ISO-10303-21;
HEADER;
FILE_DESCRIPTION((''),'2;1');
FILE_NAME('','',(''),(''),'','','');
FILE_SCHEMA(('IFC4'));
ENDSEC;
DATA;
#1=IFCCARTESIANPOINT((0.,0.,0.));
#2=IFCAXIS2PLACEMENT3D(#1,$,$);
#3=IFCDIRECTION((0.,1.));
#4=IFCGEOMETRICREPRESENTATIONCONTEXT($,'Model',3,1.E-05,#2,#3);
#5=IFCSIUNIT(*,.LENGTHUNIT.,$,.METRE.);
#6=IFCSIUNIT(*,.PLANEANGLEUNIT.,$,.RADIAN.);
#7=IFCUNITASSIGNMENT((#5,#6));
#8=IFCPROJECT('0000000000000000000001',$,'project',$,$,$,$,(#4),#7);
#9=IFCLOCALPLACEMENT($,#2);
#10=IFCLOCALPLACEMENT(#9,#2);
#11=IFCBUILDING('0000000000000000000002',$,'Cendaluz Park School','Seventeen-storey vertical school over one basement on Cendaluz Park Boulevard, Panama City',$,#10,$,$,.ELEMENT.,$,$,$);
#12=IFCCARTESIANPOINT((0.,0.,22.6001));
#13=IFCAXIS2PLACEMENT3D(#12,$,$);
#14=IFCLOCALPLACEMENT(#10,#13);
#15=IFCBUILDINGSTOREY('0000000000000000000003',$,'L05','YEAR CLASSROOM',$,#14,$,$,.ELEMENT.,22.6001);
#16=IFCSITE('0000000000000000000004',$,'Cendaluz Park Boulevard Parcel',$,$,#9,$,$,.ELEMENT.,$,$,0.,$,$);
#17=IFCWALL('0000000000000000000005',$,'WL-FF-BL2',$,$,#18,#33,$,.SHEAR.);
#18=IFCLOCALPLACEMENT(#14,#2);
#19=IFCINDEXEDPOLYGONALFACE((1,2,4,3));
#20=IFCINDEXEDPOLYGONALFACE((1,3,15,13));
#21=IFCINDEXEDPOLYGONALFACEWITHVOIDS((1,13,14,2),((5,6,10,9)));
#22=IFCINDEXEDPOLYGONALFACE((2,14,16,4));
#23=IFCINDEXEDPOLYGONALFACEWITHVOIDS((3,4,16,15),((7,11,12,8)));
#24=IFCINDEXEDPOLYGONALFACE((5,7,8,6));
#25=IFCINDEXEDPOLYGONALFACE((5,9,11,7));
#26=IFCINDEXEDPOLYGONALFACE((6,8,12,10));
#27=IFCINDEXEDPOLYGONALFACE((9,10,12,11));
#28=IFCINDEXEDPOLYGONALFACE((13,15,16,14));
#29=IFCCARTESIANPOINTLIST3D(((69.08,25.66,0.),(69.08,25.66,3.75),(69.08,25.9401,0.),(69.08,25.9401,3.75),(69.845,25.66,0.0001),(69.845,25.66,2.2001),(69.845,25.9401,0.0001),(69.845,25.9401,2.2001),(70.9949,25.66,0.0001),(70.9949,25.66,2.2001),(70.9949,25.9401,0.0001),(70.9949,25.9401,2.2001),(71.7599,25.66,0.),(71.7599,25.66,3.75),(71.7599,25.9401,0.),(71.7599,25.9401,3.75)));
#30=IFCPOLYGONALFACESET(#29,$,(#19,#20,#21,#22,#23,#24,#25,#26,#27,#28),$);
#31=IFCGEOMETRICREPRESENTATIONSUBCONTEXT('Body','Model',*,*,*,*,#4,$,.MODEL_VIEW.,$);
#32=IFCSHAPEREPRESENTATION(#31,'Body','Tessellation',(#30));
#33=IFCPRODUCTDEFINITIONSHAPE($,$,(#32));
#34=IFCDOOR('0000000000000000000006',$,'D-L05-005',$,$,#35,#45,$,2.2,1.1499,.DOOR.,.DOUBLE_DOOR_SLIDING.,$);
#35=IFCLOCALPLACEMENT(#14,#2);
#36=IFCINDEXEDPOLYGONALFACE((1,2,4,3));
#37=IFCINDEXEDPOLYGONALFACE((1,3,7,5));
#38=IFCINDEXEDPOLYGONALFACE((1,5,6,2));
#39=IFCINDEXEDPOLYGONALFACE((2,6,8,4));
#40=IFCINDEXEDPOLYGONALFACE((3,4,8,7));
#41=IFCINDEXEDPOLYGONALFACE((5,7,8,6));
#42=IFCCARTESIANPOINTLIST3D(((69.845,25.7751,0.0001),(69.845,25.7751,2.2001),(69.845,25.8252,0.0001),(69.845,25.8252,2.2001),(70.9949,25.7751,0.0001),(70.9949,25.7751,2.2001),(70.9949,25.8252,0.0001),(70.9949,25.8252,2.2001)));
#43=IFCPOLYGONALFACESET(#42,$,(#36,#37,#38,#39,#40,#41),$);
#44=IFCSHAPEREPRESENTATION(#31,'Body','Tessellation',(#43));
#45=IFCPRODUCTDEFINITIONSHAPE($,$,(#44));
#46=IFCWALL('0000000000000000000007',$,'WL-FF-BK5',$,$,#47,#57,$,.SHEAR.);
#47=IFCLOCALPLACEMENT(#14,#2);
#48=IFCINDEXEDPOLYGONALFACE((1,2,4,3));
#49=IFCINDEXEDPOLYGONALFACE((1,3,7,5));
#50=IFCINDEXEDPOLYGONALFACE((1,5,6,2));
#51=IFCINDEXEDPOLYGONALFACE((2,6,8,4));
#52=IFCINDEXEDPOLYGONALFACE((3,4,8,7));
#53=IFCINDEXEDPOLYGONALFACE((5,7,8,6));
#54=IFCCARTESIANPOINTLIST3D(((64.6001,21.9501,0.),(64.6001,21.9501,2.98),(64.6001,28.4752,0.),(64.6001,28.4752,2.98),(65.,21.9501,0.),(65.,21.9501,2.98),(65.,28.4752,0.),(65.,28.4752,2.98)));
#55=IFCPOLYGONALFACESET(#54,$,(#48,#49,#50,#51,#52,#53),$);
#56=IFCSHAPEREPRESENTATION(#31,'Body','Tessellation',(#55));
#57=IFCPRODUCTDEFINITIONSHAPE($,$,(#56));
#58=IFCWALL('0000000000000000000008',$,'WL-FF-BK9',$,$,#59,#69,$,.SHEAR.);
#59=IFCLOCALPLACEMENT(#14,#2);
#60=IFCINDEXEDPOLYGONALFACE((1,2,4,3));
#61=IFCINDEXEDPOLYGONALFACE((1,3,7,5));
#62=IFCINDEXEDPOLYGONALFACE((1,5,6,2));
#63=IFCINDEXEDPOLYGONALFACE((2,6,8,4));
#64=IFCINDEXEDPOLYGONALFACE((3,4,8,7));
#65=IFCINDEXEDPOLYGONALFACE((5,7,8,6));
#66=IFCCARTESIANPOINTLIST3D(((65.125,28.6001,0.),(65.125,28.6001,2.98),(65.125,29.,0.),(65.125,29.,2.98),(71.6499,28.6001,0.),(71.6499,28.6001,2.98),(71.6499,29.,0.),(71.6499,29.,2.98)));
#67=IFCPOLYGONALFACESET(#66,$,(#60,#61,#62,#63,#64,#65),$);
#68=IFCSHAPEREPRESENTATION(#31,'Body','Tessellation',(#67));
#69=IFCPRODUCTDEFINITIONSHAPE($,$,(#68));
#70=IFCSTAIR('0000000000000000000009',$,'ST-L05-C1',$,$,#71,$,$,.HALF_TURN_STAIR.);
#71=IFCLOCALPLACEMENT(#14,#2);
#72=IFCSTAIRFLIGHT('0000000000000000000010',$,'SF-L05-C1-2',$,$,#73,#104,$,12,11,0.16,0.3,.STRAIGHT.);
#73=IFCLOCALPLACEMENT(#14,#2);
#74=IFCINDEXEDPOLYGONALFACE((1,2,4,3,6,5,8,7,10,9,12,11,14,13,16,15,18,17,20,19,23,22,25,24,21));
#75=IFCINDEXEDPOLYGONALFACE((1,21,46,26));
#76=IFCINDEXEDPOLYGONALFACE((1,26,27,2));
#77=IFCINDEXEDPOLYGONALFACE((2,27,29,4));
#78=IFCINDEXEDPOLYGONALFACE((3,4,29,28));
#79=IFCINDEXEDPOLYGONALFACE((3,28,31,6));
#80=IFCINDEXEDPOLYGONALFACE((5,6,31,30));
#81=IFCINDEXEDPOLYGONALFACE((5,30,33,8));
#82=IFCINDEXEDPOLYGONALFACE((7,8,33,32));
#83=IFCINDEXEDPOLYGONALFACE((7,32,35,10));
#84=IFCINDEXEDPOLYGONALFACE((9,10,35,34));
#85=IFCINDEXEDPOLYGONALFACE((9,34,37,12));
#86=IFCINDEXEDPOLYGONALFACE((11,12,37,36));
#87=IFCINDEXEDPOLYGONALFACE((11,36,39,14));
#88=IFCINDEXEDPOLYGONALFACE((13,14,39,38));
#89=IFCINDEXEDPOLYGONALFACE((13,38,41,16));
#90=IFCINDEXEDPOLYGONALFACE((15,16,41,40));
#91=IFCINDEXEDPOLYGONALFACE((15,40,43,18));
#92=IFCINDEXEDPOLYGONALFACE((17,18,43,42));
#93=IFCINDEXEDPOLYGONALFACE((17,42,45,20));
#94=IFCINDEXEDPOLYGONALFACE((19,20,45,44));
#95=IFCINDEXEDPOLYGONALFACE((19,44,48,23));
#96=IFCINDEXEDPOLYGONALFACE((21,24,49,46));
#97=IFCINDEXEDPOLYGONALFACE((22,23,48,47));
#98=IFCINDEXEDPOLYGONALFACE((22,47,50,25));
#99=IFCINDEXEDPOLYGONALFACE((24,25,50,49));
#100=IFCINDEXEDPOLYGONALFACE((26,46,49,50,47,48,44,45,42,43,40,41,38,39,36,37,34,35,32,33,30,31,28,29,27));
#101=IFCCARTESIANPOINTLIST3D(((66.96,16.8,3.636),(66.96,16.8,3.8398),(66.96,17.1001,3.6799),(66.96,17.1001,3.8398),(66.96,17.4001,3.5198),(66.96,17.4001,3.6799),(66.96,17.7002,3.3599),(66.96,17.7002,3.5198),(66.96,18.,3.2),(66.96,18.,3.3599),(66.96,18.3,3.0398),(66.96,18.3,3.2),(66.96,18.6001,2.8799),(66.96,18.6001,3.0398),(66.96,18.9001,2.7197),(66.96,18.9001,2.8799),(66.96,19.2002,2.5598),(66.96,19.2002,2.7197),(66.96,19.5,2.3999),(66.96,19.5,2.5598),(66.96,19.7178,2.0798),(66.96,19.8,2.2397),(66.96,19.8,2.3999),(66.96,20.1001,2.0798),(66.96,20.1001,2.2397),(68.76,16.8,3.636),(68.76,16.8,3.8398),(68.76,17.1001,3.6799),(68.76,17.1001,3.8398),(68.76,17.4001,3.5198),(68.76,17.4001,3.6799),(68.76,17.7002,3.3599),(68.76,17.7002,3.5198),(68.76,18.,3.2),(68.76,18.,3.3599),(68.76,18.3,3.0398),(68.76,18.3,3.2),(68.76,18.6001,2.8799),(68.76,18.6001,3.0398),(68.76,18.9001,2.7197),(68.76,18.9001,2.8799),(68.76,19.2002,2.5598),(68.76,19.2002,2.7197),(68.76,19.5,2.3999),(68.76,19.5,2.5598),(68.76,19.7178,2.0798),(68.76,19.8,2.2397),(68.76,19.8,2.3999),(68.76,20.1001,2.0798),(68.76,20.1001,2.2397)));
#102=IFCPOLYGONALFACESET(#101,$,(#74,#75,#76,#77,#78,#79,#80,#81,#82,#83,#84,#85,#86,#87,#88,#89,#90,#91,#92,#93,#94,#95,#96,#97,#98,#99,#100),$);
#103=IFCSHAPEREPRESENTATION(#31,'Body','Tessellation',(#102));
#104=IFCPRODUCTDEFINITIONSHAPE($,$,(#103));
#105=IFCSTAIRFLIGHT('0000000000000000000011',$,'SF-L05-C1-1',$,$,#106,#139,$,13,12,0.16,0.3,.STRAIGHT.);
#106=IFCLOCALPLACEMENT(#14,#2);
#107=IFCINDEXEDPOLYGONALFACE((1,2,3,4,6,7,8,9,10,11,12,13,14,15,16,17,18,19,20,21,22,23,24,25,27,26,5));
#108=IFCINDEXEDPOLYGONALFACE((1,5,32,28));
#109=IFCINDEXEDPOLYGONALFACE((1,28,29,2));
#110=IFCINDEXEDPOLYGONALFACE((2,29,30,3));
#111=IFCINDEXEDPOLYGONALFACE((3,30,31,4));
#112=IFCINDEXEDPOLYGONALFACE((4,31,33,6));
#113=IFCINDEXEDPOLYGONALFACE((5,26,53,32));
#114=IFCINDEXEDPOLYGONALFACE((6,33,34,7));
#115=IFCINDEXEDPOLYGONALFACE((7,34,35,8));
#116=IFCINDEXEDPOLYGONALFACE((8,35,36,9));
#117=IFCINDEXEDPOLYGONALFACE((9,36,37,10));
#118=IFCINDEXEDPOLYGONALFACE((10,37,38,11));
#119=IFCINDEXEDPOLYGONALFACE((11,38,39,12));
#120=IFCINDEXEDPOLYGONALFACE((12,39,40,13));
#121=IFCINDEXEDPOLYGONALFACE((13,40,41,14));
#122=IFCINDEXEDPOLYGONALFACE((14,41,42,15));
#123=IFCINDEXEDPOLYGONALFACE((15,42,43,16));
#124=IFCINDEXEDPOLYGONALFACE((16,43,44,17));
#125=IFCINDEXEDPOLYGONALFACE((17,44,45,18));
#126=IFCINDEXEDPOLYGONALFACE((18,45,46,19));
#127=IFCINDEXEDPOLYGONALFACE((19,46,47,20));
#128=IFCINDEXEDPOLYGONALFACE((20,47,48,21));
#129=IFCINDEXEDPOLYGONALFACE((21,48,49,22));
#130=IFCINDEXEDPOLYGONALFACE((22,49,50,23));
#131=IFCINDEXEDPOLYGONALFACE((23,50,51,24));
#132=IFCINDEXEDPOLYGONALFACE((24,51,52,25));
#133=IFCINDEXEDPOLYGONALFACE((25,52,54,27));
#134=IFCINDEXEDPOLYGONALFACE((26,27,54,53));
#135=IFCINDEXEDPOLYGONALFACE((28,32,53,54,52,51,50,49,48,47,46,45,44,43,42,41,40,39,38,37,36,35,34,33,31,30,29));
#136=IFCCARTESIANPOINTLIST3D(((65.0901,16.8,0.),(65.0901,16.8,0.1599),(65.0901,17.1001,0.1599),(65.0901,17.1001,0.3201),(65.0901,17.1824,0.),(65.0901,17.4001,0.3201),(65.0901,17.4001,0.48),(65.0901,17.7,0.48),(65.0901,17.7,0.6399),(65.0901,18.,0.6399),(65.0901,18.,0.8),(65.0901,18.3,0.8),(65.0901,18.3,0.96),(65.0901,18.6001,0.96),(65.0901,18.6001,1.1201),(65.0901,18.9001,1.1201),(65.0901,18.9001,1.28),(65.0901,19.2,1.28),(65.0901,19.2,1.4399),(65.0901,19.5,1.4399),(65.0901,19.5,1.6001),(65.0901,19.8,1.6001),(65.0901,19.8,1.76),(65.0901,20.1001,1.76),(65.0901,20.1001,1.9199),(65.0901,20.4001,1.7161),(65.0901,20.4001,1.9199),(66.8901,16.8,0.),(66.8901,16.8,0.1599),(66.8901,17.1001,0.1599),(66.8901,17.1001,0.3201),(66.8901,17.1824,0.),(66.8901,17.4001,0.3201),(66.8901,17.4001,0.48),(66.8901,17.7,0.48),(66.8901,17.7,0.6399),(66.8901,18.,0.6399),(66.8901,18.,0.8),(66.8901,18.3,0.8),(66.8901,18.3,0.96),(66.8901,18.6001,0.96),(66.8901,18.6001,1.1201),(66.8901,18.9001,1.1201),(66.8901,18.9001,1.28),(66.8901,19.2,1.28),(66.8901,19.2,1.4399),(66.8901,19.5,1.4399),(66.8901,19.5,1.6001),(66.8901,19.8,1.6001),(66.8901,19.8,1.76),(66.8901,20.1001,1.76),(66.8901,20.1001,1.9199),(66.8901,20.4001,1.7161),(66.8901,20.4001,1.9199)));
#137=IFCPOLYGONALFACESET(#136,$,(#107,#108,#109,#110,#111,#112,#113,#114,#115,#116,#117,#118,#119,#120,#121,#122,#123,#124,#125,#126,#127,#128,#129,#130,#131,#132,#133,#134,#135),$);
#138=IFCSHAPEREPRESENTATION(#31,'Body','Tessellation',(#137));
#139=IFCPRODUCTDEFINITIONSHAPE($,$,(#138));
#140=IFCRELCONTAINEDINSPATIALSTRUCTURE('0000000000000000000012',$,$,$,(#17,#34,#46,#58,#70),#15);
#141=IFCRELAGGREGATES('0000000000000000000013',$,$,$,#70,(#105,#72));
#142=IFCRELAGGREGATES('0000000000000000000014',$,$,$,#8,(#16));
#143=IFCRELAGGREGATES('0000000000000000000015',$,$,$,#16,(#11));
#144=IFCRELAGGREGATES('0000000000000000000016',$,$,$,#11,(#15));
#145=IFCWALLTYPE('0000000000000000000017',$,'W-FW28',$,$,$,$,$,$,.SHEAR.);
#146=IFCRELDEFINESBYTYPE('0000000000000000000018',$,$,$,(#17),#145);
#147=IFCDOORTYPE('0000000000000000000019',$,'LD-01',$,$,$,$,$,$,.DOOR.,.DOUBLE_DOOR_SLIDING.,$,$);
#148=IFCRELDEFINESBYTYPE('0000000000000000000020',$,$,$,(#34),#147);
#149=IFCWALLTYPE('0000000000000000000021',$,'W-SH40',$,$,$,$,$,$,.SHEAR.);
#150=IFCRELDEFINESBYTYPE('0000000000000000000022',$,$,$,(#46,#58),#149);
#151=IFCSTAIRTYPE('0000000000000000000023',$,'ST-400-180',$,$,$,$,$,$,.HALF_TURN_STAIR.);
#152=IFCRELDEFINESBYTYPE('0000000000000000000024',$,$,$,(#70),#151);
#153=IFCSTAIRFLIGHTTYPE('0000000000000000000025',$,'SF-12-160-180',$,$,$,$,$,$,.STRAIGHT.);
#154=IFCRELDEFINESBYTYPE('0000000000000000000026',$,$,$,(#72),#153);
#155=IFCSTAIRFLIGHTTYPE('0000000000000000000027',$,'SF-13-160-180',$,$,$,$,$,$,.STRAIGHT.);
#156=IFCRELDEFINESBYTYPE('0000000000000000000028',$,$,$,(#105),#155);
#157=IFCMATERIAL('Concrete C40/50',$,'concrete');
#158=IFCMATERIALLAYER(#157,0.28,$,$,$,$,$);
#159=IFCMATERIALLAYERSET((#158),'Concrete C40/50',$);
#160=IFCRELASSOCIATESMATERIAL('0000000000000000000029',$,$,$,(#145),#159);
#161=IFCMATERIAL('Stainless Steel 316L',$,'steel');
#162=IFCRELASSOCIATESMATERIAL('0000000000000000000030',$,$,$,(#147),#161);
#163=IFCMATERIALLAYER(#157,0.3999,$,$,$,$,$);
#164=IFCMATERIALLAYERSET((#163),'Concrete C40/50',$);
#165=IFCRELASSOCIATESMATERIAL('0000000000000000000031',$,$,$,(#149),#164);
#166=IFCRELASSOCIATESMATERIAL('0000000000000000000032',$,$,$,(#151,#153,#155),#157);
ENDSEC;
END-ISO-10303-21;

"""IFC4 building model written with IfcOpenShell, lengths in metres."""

from ifc_helpers import new_model, si_unit, direction, frame, frame_2d, origin, place, context, subcontext, project, spatial, polyline, rectangle, outline, extrude, material, layer, layer_set, type_object, element, fill, aggregate, save


model = new_model("IFC4")

# Units and contexts
model_context = context("Model", 3, precision=1e-05, world=origin(), true_north=direction((0.0, 1.0)))
body_context = subcontext(model_context, "Body", "Model", "MODEL_VIEW")
ifc_project = project(units=[si_unit("LENGTHUNIT", "METRE"), si_unit("PLANEANGLEUNIT", "RADIAN")], contexts=[model_context])

# Site, building, storey
site_placement = place(None, origin())
site = spatial("IfcSite", under=ifc_project, at=site_placement, Name="Cendaluz Park Boulevard Parcel", CompositionType="ELEMENT", RefElevation=0.0)
building_placement = place(site_placement, origin())
building = spatial("IfcBuilding", under=site, at=building_placement, Name="Cendaluz Park School", Description="Seventeen-storey vertical school over one basement on Cendaluz Park Boulevard, Panama City", CompositionType="ELEMENT")
storey_placement = place(building_placement, frame((0.0, 0.0, 22.6001)))
storey = spatial("IfcBuildingStorey", under=building, at=storey_placement, Name="L05", Description="YEAR CLASSROOM", CompositionType="ELEMENT", Elevation=22.6001)

# Shared definitions
ifc_material_1 = material(Name="Concrete C40/50", Category="concrete")

# Shared definitions
ifc_layer_1 = layer(ifc_material_1, 0.28)
ifc_layer_set_1 = layer_set([ifc_layer_1], Name="Concrete C40/50")
wall_type_1 = type_object("IfcWallType", Name="W-FW28", PredefinedType="SHEAR", material=ifc_layer_set_1)

# Wall, opening, door
wall_1_placement = place(storey_placement, frame((69.0801, 25.8, 0.0), z_axis=(0.0, 0.0, 1.0), x_axis=(1.0, 0.0, 0.0)))
wall_1 = element("IfcWall", 1, at=wall_1_placement, inside=storey, type_object=wall_type_1, Name="WL-FF-BL2", PredefinedType="SHEAR", context=body_context, shape_type="SweptSolid", body=[
    extrude(rectangle(XDim=2.6799, YDim=0.28, at=frame_2d((1.3398, 0.0))), origin(), (0.0, 0.0, 1.0), 3.75),
])
opening_1_placement = place(wall_1_placement, frame((0.7649, 0.0, 0.0)))
opening_1 = element("IfcOpeningElement", 2, at=opening_1_placement, cuts=wall_1, PredefinedType="OPENING", context=body_context, shape_type="SweptSolid", body=[
    extrude(rectangle(XDim=1.1499, YDim=2.2, at=frame_2d((0.575, 1.1001))), frame((0.0, 0.1521, 0.0), z_axis=(0.0, -1.0, 0.0), x_axis=(1.0, 0.0, 0.0)), (0.0, 0.0, 1.0), 0.304),
])
ifc_material_2 = material(Name="Stainless Steel 316L", Category="steel")
door_type = type_object("IfcDoorType", Name="LD-01", OperationType="DOUBLE_DOOR_SLIDING", PredefinedType="DOOR", material=ifc_material_2)
door_placement = place(opening_1_placement, frame((1.1499, 0.0, 0.0), z_axis=(0.0, 0.0, 1.0), x_axis=(-1.0, 0.0, 0.0)))
door = element("IfcDoor", 3, at=door_placement, inside=storey, type_object=door_type, Name="D-L05-005", OperationType="DOUBLE_DOOR_SLIDING", OverallHeight=2.2, OverallWidth=1.1499, PredefinedType="DOOR", context=body_context, shape_type="SweptSolid", body=[
    extrude(rectangle(XDim=1.1499, YDim=2.2, at=frame_2d((0.575, 1.1001))), frame((0.0, 0.0249, 0.0), z_axis=(0.0, -1.0, 0.0), x_axis=(1.0, 0.0, 0.0)), (0.0, 0.0, 1.0), 0.05),
])
fill(opening_1, door)

# Walls
ifc_layer_2 = layer(ifc_material_1, 0.3999)
ifc_layer_set_2 = layer_set([ifc_layer_2], Name="Concrete C40/50")
wall_type_2 = type_object("IfcWallType", Name="W-SH40", PredefinedType="SHEAR", material=ifc_layer_set_2)
wall_2_placement = place(storey_placement, frame((64.8, 21.95, 0.0), z_axis=(0.0, 0.0, 1.0), x_axis=(0.0, 1.0, 0.0)))
element("IfcWall", 4, at=wall_2_placement, inside=storey, type_object=wall_type_2, Name="WL-FF-BK5", PredefinedType="SHEAR", context=body_context, shape_type="SweptSolid", body=[
    extrude(rectangle(XDim=6.5251, YDim=0.3999, at=frame_2d((3.2627, 0.0))), origin(), (0.0, 0.0, 1.0), 2.98),
])
wall_3_placement = place(storey_placement, frame((65.125, 28.8, 0.0), z_axis=(0.0, 0.0, 1.0), x_axis=(1.0, 0.0, 0.0)))
element("IfcWall", 5, at=wall_3_placement, inside=storey, type_object=wall_type_2, Name="WL-FF-BK9", PredefinedType="SHEAR", context=body_context, shape_type="SweptSolid", body=[
    extrude(rectangle(XDim=6.5249, YDim=0.3999, at=frame_2d((3.2625, 0.0))), origin(), (0.0, 0.0, 1.0), 2.98),
])

# Stair, stair flights
stair_type = type_object("IfcStairType", Name="ST-400-180", PredefinedType="HALF_TURN_STAIR", material=ifc_material_1)
stair_placement = place(storey_placement, origin())
stair = element("IfcStair", 6, at=stair_placement, inside=storey, type_object=stair_type, Name="ST-L05-C1", PredefinedType="HALF_TURN_STAIR")
stair_flight_type_1 = type_object("IfcStairFlightType", Name="SF-12-160-180", PredefinedType="STRAIGHT", material=ifc_material_1)
stair_flight_1_placement = place(storey_placement, frame((67.8601, 20.1001, 2.0798), z_axis=(0.0, 0.0, 1.0), x_axis=(0.0, -1.0, 0.0)))
stair_flight_1 = element("IfcStairFlight", 7, at=stair_flight_1_placement, type_object=stair_flight_type_1, Name="SF-L05-C1-2", NumberOfRisers=12, NumberOfTreads=11, PredefinedType="STRAIGHT", RiserHeight=0.16, TreadLength=0.3, context=body_context, shape_type="SweptSolid", body=[
    extrude(outline(polyline([(0.0, 0.0), (0.0, 0.1599), (0.3, 0.1599), (0.3, 0.3201), (0.6001, 0.3201), (0.6001, 0.48), (0.8999, 0.48), (0.8999, 0.6399), (1.2, 0.6399), (1.2, 0.8), (1.5, 0.8), (1.5, 0.96), (1.8, 0.96), (1.8, 1.1201), (2.1001, 1.1201), (2.1001, 1.28), (2.3999, 1.28), (2.3999, 1.4399), (2.7, 1.4399), (2.7, 1.6001), (3.0, 1.6001), (3.0, 1.76), (3.3, 1.76), (3.3, 1.9199), (3.3, 1.5562), (0.3823, 0.0), (0.0, 0.0)])), frame((0.0, 0.8999, 0.0), z_axis=(0.0, -1.0, 0.0), x_axis=(1.0, 0.0, 0.0)), (0.0, 0.0, 1.0), 1.8),
])
stair_flight_type_2 = type_object("IfcStairFlightType", Name="SF-13-160-180", PredefinedType="STRAIGHT", material=ifc_material_1)
stair_flight_2_placement = place(storey_placement, frame((65.99, 16.8, 0.0), z_axis=(0.0, 0.0, 1.0), x_axis=(0.0, 1.0, 0.0)))
stair_flight_2 = element("IfcStairFlight", 8, at=stair_flight_2_placement, type_object=stair_flight_type_2, Name="SF-L05-C1-1", NumberOfRisers=13, NumberOfTreads=12, PredefinedType="STRAIGHT", RiserHeight=0.16, TreadLength=0.3, context=body_context, shape_type="SweptSolid", body=[
    extrude(outline(polyline([(0.0, 0.0), (0.0, 0.1599), (0.3, 0.1599), (0.3, 0.3201), (0.6001, 0.3201), (0.6001, 0.48), (0.8999, 0.48), (0.8999, 0.6399), (1.2, 0.6399), (1.2, 0.8), (1.5, 0.8), (1.5, 0.96), (1.8, 0.96), (1.8, 1.1201), (2.1001, 1.1201), (2.1001, 1.28), (2.3999, 1.28), (2.3999, 1.4399), (2.7, 1.4399), (2.7, 1.6001), (3.0, 1.6001), (3.0, 1.76), (3.3, 1.76), (3.3, 1.9199), (3.6001, 1.9199), (3.6001, 2.0801), (3.6001, 1.7161), (0.3823, 0.0), (0.0, 0.0)])), frame((0.0, 0.8999, 0.0), z_axis=(0.0, -1.0, 0.0), x_axis=(1.0, 0.0, 0.0)), (0.0, 0.0, 1.0), 1.8),
])
aggregate(stair, [stair_flight_2, stair_flight_1])

save(model, "model.ifc")
